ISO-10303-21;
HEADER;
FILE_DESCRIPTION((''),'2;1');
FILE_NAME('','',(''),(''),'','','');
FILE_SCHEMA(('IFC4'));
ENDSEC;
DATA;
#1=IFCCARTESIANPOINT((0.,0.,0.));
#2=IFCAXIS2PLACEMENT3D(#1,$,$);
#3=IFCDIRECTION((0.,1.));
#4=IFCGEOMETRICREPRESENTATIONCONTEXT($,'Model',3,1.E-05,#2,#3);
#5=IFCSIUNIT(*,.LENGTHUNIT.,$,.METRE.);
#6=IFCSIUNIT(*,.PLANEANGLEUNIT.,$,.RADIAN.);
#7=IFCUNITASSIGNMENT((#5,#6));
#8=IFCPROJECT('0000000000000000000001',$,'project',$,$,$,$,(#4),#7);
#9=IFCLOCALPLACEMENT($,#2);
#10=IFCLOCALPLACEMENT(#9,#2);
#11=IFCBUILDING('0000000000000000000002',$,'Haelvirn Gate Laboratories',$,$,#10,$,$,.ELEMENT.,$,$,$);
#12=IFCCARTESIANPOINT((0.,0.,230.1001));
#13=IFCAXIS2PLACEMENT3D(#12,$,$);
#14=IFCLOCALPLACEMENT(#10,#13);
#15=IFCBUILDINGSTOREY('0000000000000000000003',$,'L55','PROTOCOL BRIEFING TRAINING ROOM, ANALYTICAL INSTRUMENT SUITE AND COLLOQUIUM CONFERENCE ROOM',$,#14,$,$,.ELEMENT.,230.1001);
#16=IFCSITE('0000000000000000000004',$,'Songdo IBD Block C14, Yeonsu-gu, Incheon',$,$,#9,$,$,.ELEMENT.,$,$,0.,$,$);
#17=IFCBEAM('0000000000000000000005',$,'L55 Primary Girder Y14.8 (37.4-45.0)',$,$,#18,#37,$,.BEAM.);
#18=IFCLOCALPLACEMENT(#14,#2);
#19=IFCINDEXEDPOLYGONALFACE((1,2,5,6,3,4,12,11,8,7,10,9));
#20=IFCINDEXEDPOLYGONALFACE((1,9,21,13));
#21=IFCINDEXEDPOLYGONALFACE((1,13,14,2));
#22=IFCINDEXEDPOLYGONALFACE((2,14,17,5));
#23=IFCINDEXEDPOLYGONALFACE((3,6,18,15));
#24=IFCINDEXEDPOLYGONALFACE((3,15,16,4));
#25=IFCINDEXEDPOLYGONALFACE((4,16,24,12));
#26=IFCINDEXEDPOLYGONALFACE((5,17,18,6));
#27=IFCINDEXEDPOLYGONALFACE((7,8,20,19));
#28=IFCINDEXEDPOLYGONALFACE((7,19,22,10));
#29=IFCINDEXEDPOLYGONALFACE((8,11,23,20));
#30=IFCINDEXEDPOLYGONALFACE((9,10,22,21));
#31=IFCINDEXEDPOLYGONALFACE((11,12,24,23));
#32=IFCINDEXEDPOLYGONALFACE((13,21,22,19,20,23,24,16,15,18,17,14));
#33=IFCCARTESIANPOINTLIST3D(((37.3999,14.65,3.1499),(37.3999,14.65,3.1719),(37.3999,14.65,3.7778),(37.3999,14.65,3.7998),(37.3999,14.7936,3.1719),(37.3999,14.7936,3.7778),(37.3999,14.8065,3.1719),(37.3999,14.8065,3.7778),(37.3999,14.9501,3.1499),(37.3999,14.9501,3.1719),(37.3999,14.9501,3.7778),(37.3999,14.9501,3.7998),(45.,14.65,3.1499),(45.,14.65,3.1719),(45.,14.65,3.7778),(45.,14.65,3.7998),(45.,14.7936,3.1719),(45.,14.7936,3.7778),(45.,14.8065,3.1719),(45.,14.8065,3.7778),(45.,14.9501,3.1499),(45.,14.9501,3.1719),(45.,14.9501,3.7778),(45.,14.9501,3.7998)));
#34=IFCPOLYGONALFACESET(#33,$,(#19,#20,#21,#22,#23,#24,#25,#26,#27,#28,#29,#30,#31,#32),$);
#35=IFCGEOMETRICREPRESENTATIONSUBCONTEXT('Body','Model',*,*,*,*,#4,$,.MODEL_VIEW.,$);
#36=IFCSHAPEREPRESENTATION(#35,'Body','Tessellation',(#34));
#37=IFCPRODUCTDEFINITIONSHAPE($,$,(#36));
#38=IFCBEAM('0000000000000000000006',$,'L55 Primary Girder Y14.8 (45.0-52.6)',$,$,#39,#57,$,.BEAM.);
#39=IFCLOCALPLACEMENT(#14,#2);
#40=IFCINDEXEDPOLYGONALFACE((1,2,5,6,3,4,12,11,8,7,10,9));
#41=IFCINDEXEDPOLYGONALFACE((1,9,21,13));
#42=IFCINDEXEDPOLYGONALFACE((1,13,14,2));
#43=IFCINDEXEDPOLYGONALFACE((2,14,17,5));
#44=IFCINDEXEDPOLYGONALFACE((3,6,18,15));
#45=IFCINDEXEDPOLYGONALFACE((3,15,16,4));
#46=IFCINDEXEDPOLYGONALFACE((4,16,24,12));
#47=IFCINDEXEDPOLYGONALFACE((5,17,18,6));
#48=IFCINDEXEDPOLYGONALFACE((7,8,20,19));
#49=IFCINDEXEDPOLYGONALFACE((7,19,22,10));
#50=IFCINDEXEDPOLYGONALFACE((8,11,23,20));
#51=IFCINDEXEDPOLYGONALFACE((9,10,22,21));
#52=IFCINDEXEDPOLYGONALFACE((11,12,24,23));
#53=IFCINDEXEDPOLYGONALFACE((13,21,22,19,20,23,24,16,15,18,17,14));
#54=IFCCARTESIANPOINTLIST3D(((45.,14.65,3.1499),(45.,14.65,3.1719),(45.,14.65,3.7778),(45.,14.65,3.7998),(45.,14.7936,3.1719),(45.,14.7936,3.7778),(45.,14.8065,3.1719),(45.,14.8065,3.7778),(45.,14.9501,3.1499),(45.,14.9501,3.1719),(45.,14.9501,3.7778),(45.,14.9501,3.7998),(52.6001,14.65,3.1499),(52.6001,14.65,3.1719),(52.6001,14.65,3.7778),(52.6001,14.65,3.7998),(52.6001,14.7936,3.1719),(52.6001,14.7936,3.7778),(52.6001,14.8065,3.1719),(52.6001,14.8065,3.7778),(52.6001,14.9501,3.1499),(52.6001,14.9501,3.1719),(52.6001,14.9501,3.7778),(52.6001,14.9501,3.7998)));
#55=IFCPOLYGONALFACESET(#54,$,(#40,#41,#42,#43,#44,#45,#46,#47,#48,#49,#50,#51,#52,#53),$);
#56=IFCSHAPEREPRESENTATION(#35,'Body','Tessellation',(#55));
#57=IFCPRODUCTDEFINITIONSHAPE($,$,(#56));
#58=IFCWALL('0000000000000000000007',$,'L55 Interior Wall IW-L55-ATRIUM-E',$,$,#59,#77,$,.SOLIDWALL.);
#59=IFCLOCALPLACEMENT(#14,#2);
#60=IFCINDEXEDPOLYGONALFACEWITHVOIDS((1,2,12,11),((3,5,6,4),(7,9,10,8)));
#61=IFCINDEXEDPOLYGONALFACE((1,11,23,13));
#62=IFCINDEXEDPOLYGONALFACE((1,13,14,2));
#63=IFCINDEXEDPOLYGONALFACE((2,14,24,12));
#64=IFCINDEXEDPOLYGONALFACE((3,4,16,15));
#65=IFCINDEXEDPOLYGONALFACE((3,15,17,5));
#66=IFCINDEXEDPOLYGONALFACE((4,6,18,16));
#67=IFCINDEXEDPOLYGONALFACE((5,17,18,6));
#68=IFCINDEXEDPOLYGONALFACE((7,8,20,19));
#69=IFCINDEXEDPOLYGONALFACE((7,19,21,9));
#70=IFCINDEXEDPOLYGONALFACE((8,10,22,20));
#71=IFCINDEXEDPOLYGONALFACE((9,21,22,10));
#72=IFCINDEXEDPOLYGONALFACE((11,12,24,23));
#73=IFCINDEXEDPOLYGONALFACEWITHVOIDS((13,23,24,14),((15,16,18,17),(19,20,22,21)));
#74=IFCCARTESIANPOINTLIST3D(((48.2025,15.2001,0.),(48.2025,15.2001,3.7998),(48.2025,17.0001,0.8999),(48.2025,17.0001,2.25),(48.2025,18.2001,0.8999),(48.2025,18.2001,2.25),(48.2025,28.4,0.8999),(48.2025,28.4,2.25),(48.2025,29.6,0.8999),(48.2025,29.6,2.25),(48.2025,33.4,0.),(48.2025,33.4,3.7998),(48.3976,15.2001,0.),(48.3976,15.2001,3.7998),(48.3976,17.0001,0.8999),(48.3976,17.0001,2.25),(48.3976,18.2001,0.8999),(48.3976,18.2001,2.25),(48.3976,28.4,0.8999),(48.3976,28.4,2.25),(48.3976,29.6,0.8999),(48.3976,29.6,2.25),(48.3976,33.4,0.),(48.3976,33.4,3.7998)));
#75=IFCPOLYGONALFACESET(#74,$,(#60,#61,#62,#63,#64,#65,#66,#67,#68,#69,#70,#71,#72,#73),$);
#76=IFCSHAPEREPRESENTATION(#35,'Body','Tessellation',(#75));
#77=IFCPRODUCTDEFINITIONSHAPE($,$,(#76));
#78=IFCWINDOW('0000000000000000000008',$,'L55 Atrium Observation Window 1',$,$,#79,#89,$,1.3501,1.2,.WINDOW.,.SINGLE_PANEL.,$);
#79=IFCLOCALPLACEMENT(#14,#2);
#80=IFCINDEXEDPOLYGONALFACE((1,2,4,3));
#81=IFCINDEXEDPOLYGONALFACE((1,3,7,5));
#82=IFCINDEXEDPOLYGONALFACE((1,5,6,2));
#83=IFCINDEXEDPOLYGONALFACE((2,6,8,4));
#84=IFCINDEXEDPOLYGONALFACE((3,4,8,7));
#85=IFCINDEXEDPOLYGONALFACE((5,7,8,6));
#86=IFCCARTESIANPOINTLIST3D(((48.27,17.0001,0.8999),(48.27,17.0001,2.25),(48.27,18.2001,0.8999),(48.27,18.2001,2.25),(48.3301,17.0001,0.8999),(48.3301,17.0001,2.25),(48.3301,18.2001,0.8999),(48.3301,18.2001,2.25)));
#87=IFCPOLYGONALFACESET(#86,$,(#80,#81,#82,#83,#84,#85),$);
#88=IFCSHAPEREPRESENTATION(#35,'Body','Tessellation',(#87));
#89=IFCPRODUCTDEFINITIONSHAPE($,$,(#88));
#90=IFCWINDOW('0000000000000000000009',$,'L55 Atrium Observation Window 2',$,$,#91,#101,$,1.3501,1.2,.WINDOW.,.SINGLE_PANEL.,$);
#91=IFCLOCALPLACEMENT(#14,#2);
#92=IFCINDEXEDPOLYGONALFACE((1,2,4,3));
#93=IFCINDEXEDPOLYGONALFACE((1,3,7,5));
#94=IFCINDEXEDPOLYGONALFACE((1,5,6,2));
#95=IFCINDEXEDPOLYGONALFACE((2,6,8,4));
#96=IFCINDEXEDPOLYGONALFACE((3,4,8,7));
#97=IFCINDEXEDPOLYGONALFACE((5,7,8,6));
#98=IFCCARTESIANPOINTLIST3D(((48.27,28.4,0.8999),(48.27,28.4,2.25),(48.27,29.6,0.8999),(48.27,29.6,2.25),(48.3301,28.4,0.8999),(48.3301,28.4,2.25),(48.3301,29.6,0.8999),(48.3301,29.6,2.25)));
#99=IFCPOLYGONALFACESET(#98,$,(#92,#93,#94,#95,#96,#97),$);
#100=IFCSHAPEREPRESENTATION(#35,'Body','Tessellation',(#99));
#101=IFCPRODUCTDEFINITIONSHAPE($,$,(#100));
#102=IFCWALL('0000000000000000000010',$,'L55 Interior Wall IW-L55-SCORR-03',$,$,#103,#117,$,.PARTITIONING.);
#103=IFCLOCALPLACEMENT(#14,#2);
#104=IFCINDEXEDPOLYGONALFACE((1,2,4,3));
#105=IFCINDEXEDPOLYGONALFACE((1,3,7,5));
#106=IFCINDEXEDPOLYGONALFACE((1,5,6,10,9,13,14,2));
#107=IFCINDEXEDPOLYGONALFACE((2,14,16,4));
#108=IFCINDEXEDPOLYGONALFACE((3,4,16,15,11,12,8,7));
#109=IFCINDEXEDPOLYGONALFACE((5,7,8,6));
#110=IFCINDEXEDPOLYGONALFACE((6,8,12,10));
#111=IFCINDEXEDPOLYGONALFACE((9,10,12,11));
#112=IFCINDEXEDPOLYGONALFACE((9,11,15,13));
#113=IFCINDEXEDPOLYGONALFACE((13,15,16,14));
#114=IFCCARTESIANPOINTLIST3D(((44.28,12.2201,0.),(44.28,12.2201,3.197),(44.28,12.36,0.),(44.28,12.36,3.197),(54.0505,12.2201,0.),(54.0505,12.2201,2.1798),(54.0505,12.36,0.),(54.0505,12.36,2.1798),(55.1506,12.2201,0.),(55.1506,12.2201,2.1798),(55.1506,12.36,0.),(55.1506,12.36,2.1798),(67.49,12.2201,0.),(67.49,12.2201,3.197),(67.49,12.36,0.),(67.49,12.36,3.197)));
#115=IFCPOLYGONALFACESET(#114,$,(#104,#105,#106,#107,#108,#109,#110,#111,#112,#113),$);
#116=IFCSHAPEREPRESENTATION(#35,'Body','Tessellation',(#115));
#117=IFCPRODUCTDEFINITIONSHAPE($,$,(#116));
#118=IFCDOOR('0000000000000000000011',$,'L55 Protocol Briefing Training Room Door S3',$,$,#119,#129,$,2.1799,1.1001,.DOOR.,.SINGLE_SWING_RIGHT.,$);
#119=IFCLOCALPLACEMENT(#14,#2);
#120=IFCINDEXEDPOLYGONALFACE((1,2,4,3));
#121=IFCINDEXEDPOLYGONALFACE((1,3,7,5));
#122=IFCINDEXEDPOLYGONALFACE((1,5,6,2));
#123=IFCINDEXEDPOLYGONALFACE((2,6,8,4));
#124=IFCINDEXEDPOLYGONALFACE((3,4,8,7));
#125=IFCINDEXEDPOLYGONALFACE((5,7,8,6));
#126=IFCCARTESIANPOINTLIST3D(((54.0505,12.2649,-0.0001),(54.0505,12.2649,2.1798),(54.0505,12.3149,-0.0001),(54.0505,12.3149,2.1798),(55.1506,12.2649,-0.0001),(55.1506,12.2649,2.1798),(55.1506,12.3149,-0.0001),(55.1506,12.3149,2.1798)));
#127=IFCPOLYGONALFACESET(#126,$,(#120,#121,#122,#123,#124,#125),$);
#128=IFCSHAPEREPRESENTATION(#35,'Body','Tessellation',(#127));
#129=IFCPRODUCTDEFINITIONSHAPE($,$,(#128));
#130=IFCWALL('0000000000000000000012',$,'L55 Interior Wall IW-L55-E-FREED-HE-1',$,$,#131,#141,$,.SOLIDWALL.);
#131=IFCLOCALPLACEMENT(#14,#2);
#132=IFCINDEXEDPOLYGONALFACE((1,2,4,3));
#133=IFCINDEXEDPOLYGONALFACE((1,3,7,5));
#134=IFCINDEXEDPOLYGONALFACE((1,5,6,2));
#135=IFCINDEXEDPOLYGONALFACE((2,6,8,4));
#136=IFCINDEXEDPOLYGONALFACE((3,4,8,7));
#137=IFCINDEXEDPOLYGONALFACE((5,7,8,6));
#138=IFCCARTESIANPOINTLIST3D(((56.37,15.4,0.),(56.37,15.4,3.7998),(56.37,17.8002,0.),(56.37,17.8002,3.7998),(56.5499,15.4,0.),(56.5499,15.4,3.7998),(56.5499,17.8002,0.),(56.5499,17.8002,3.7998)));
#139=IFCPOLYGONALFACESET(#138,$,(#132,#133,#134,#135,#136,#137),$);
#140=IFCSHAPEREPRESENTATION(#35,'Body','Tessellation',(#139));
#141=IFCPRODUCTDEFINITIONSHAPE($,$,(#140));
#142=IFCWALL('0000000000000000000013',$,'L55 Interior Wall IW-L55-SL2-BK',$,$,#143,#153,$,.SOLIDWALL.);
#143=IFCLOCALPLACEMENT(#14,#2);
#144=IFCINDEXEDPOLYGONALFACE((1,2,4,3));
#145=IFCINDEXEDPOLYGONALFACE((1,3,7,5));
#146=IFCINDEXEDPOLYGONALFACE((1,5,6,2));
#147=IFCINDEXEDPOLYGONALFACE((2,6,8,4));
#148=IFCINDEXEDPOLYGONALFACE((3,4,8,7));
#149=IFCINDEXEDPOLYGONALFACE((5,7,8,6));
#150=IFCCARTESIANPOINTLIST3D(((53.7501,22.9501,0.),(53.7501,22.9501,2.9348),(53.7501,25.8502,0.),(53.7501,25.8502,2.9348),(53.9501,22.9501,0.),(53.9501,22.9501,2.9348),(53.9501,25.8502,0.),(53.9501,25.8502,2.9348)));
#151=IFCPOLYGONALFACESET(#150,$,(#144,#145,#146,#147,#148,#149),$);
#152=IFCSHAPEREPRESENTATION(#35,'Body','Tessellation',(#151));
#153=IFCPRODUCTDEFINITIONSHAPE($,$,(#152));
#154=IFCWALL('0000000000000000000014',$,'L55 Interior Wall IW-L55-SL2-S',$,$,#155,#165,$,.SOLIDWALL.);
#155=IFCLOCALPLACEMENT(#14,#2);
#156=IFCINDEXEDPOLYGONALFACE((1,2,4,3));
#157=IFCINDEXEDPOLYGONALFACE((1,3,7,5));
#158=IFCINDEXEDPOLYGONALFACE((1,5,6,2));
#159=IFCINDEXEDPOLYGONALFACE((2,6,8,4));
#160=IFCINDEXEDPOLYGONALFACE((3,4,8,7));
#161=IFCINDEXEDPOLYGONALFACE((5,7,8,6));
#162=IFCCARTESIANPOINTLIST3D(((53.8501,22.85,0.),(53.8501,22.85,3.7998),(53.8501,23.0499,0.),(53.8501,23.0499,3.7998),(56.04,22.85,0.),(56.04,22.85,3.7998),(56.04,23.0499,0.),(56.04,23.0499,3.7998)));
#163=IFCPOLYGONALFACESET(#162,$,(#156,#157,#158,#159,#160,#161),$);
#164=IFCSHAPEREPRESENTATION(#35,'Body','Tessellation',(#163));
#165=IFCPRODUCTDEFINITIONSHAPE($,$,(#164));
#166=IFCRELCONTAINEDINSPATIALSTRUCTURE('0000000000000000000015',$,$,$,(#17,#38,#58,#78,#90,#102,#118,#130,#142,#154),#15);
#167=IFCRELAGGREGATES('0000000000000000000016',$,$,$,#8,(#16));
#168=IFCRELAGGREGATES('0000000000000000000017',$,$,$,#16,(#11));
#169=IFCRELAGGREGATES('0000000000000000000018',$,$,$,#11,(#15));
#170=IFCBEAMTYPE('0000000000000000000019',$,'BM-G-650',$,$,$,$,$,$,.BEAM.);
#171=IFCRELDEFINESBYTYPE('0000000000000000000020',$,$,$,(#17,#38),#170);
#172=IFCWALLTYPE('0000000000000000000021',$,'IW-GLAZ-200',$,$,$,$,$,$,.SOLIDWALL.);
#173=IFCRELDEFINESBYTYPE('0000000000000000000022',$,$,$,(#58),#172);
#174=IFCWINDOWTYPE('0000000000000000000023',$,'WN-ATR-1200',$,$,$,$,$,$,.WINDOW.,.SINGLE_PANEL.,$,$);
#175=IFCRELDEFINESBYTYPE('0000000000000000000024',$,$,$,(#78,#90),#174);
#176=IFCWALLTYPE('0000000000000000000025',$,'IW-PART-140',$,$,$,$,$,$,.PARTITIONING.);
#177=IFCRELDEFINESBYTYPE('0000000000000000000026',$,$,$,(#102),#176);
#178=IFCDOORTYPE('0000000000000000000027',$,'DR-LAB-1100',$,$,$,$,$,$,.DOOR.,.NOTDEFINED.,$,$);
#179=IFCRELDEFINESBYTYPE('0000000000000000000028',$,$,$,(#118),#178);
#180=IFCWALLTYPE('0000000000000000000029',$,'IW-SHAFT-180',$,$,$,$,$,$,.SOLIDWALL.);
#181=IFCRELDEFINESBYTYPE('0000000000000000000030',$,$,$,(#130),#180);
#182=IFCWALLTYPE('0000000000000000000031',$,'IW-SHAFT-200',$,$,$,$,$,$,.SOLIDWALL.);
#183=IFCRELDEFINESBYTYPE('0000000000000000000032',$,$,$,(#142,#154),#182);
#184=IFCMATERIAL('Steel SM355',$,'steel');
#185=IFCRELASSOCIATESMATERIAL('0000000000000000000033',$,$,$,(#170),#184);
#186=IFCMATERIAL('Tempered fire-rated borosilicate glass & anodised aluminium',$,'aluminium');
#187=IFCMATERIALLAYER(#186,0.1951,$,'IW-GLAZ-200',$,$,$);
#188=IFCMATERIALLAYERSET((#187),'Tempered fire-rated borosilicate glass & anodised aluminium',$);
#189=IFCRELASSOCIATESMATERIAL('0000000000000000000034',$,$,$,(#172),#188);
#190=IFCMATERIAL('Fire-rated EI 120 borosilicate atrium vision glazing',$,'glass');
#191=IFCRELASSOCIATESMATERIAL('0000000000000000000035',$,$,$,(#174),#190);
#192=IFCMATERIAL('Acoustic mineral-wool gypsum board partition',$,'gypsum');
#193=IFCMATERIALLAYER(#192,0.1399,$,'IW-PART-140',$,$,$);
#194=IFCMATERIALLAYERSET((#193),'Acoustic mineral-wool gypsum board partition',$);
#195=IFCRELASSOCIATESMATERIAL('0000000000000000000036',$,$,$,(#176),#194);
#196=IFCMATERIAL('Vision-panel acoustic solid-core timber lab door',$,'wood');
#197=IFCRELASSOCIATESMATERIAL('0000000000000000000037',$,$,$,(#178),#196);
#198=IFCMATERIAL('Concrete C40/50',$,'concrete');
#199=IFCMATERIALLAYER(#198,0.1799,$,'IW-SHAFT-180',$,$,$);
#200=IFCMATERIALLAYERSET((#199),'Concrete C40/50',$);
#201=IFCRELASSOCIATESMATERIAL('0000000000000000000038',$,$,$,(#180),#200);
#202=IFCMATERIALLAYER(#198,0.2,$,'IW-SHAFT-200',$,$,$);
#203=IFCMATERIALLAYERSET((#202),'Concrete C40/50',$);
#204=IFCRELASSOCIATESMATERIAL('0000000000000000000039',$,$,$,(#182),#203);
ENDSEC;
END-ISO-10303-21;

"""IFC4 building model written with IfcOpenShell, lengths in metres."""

from ifc_helpers import new_model, si_unit, direction, frame, frame_2d, origin, origin_2d, place, context, subcontext, project, spatial, rectangle, i_section, extrude, source, transform, mapped, material, layer, layer_set, material_profile, profile_set, type_object, type_shapes, element, fill, save


model = new_model("IFC4")

# Units and contexts
model_context = context("Model", 3, precision=1e-05, world=origin(), true_north=direction((0.0, 1.0)))
body_context = subcontext(model_context, "Body", "Model", "MODEL_VIEW")
ifc_project = project(units=[si_unit("LENGTHUNIT", "METRE"), si_unit("PLANEANGLEUNIT", "RADIAN")], contexts=[model_context])

# Site, building, storey
site_placement = place(None, origin())
site = spatial("IfcSite", under=ifc_project, at=site_placement, Name="Songdo IBD Block C14, Yeonsu-gu, Incheon", CompositionType="ELEMENT", RefElevation=0.0)
building_placement = place(site_placement, origin())
building = spatial("IfcBuilding", under=site, at=building_placement, Name="Haelvirn Gate Laboratories", CompositionType="ELEMENT")
storey_placement = place(building_placement, frame((0.0, 0.0, 230.1001)))
storey = spatial("IfcBuildingStorey", under=building, at=storey_placement, Name="L55", Description="PROTOCOL BRIEFING TRAINING ROOM, ANALYTICAL INSTRUMENT SUITE AND COLLOQUIUM CONFERENCE ROOM", CompositionType="ELEMENT", Elevation=230.1001)

# Shared definitions
ifc_material_1 = material(Name="Steel SM355", Category="steel")

# Beams
ifc_material_profile_1 = material_profile(ifc_material_1, i_section(OverallWidth=0.3, OverallDepth=0.6499, WebThickness=0.0129, FlangeThickness=0.022, at=origin_2d()), Name="H-650x300x13x22")
ifc_profile_set_1 = profile_set([ifc_material_profile_1], Name="Steel SM355")
beam_type_1 = type_object("IfcBeamType", Name="BM-G-650", PredefinedType="BEAM", material=ifc_profile_set_1)
shared_shape_1 = source(origin(), body_context, "Body", "SweptSolid", [
    extrude(i_section(OverallWidth=0.3, OverallDepth=0.6499, WebThickness=0.0129, FlangeThickness=0.022, at=origin_2d()), origin(), (0.0, 0.0, 1.0), 7.6001),
])
for number, where, z_axis, x_axis, name in (
    (1, (37.3999, 14.8, 3.4749), (1.0, 0.0, 0.0), (0.0, 1.0, 0.0), "L55 Primary Girder Y14.8 (37.4-45.0)"),
    (2, (45.0, 14.8, 3.4749), (1.0, 0.0, 0.0), (0.0, 1.0, 0.0), "L55 Primary Girder Y14.8 (45.0-52.6)"),
):
    element("IfcBeam", number, at=place(storey_placement, frame(where, z_axis=z_axis, x_axis=x_axis)), inside=storey, type_object=beam_type_1, Name=name, PredefinedType="BEAM", context=body_context, shape_type="MappedRepresentation", body=[
        mapped(shared_shape_1, transform((0.0, 0.0, 0.0), scale=1.0)),
    ])

# Wall, openings, windows
ifc_material_2 = material(Name="Tempered fire-rated borosilicate glass & anodised aluminium", Category="aluminium")
ifc_layer_1 = layer(ifc_material_2, 0.1951, Name="IW-GLAZ-200")
ifc_layer_set_1 = layer_set([ifc_layer_1], Name="Tempered fire-rated borosilicate glass & anodised aluminium")
wall_type_1 = type_object("IfcWallType", Name="IW-GLAZ-200", PredefinedType="SOLIDWALL", material=ifc_layer_set_1)
wall_1_placement = place(storey_placement, frame((48.3, 15.2, 0.0), z_axis=(0.0, 0.0, 1.0), x_axis=(0.0, 1.0, 0.0)))
wall_1 = element("IfcWall", 3, at=wall_1_placement, inside=storey, type_object=wall_type_1, Name="L55 Interior Wall IW-L55-ATRIUM-E", PredefinedType="SOLIDWALL", context=body_context, shape_type="SweptSolid", body=[
    extrude(rectangle(XDim=18.2, YDim=0.1951, at=frame_2d((9.1001, 0.0))), origin(), (0.0, 0.0, 1.0), 3.7998),
])
opening_1_placement = place(wall_1_placement, frame((1.8, 0.0, 0.8999)))
opening_1 = element("IfcOpeningElement", 4, at=opening_1_placement, cuts=wall_1, PredefinedType="OPENING", context=body_context, shape_type="SweptSolid", body=[
    extrude(rectangle(XDim=1.2, YDim=1.3501, at=frame_2d((0.6001, 0.675))), frame((0.0, 0.1074, 0.0), z_axis=(0.0, -1.0, 0.0), x_axis=(1.0, 0.0, 0.0)), (0.0, 0.0, 1.0), 0.2151),
])
opening_2_placement = place(wall_1_placement, frame((13.2, 0.0, 0.8999)))
opening_2 = element("IfcOpeningElement", 5, at=opening_2_placement, cuts=wall_1, PredefinedType="OPENING", context=body_context, shape_type="SweptSolid", body=[
    extrude(rectangle(XDim=1.2, YDim=1.3501, at=frame_2d((0.6001, 0.675))), frame((0.0, 0.1074, 0.0), z_axis=(0.0, -1.0, 0.0), x_axis=(1.0, 0.0, 0.0)), (0.0, 0.0, 1.0), 0.2151),
])
ifc_material_3 = material(Name="Fire-rated EI 120 borosilicate atrium vision glazing", Category="glass")
window_type = type_object("IfcWindowType", Name="WN-ATR-1200", PartitioningType="SINGLE_PANEL", PredefinedType="WINDOW", material=ifc_material_3)
shared_shape_2 = source(origin(), body_context, "Body", "SweptSolid", [
    extrude(rectangle(XDim=1.2, YDim=1.3501, at=frame_2d((0.6001, 0.675))), frame((0.0, 0.03, 0.0), z_axis=(0.0, -1.0, 0.0), x_axis=(1.0, 0.0, 0.0)), (0.0, 0.0, 1.0), 0.0601),
])
type_shapes(window_type, [shared_shape_2])
window_1_placement = place(opening_1_placement, origin())
window_1 = element("IfcWindow", 6, at=window_1_placement, inside=storey, type_object=window_type, Name="L55 Atrium Observation Window 1", OverallHeight=1.3501, OverallWidth=1.2, PartitioningType="SINGLE_PANEL", PredefinedType="WINDOW", context=body_context, shape_type="MappedRepresentation", body=[
    mapped(shared_shape_2, transform((0.0, 0.0, 0.0), scale=1.0)),
])
fill(opening_1, window_1)
window_2_placement = place(opening_2_placement, origin())
window_2 = element("IfcWindow", 7, at=window_2_placement, inside=storey, type_object=window_type, Name="L55 Atrium Observation Window 2", OverallHeight=1.3501, OverallWidth=1.2, PartitioningType="SINGLE_PANEL", PredefinedType="WINDOW", context=body_context, shape_type="MappedRepresentation", body=[
    mapped(shared_shape_2, transform((0.0, 0.0, 0.0), scale=1.0)),
])
fill(opening_2, window_2)

# Wall, opening, door
ifc_material_4 = material(Name="Acoustic mineral-wool gypsum board partition", Category="gypsum")
ifc_layer_2 = layer(ifc_material_4, 0.1399, Name="IW-PART-140")
ifc_layer_set_2 = layer_set([ifc_layer_2], Name="Acoustic mineral-wool gypsum board partition")
wall_type_2 = type_object("IfcWallType", Name="IW-PART-140", PredefinedType="PARTITIONING", material=ifc_layer_set_2)
wall_2_placement = place(storey_placement, frame((44.28, 12.29, 0.0), z_axis=(0.0, 0.0, 1.0), x_axis=(1.0, 0.0, 0.0)))
wall_2 = element("IfcWall", 8, at=wall_2_placement, inside=storey, type_object=wall_type_2, Name="L55 Interior Wall IW-L55-SCORR-03", PredefinedType="PARTITIONING", context=body_context, shape_type="SweptSolid", body=[
    extrude(rectangle(XDim=23.21, YDim=0.1399, at=frame_2d((11.605, 0.0))), origin(), (0.0, 0.0, 1.0), 3.197),
])
opening_3_placement = place(wall_2_placement, frame((9.7705, 0.0, 0.0)))
opening_3 = element("IfcOpeningElement", 9, at=opening_3_placement, cuts=wall_2, PredefinedType="OPENING", context=body_context, shape_type="SweptSolid", body=[
    extrude(rectangle(XDim=1.1001, YDim=2.1799, at=frame_2d((0.55, 1.0898))), frame((0.0, 0.0801, 0.0), z_axis=(0.0, -1.0, 0.0), x_axis=(1.0, 0.0, 0.0)), (0.0, 0.0, 1.0), 0.1599),
])
ifc_material_5 = material(Name="Vision-panel acoustic solid-core timber lab door", Category="wood")
door_type_1 = type_object("IfcDoorType", Name="DR-LAB-1100", OperationType="NOTDEFINED", PredefinedType="DOOR", material=ifc_material_5)
shared_shape_3 = source(origin(), body_context, "Body", "SweptSolid", [
    extrude(rectangle(XDim=1.1001, YDim=2.1799, at=frame_2d((0.55, 1.0898))), frame((0.0, 0.0249, 0.0), z_axis=(0.0, -1.0, 0.0), x_axis=(1.0, 0.0, 0.0)), (0.0, 0.0, 1.0), 0.05),
])
type_shapes(door_type_1, [shared_shape_3])
door_1_placement = place(opening_3_placement, origin())
door_1 = element("IfcDoor", 10, at=door_1_placement, inside=storey, type_object=door_type_1, Name="L55 Protocol Briefing Training Room Door S3", OperationType="SINGLE_SWING_RIGHT", OverallHeight=2.1799, OverallWidth=1.1001, PredefinedType="DOOR", context=body_context, shape_type="MappedRepresentation", body=[
    mapped(shared_shape_3, transform((0.0, 0.0, 0.0), scale=1.0)),
])
fill(opening_3, door_1)

# Walls
ifc_material_6 = material(Name="Concrete C40/50", Category="concrete")
ifc_layer_3 = layer(ifc_material_6, 0.1799, Name="IW-SHAFT-180")
ifc_layer_set_3 = layer_set([ifc_layer_3], Name="Concrete C40/50")
wall_type_3 = type_object("IfcWallType", Name="IW-SHAFT-180", PredefinedType="SOLIDWALL", material=ifc_layer_set_3)
wall_3_placement = place(storey_placement, frame((56.46, 15.3999, 0.0), z_axis=(0.0, 0.0, 1.0), x_axis=(0.0, 1.0, 0.0)))
element("IfcWall", 11, at=wall_3_placement, inside=storey, type_object=wall_type_3, Name="L55 Interior Wall IW-L55-E-FREED-HE-1", PredefinedType="SOLIDWALL", context=body_context, shape_type="SweptSolid", body=[
    extrude(rectangle(XDim=2.4001, YDim=0.1799, at=frame_2d((1.2002, 0.0))), origin(), (0.0, 0.0, 1.0), 3.7998),
])
ifc_layer_4 = layer(ifc_material_6, 0.2, Name="IW-SHAFT-200")
ifc_layer_set_4 = layer_set([ifc_layer_4], Name="Concrete C40/50")
wall_type_4 = type_object("IfcWallType", Name="IW-SHAFT-200", PredefinedType="SOLIDWALL", material=ifc_layer_set_4)
wall_4_placement = place(storey_placement, frame((53.8501, 22.95, 0.0), z_axis=(0.0, 0.0, 1.0), x_axis=(0.0, 1.0, 0.0)))
element("IfcWall", 12, at=wall_4_placement, inside=storey, type_object=wall_type_4, Name="L55 Interior Wall IW-L55-SL2-BK", PredefinedType="SOLIDWALL", context=body_context, shape_type="SweptSolid", body=[
    extrude(rectangle(XDim=2.9001, YDim=0.2, at=frame_2d((1.4502, 0.0))), origin(), (0.0, 0.0, 1.0), 2.9348),
])
wall_5_placement = place(storey_placement, frame((53.8501, 22.95, 0.0), z_axis=(0.0, 0.0, 1.0), x_axis=(1.0, 0.0, 0.0)))
element("IfcWall", 13, at=wall_5_placement, inside=storey, type_object=wall_type_4, Name="L55 Interior Wall IW-L55-SL2-S", PredefinedType="SOLIDWALL", context=body_context, shape_type="SweptSolid", body=[
    extrude(rectangle(XDim=2.1899, YDim=0.2, at=frame_2d((1.095, 0.0))), origin(), (0.0, 0.0, 1.0), 3.7998),
])

save(model, "model.ifc")
